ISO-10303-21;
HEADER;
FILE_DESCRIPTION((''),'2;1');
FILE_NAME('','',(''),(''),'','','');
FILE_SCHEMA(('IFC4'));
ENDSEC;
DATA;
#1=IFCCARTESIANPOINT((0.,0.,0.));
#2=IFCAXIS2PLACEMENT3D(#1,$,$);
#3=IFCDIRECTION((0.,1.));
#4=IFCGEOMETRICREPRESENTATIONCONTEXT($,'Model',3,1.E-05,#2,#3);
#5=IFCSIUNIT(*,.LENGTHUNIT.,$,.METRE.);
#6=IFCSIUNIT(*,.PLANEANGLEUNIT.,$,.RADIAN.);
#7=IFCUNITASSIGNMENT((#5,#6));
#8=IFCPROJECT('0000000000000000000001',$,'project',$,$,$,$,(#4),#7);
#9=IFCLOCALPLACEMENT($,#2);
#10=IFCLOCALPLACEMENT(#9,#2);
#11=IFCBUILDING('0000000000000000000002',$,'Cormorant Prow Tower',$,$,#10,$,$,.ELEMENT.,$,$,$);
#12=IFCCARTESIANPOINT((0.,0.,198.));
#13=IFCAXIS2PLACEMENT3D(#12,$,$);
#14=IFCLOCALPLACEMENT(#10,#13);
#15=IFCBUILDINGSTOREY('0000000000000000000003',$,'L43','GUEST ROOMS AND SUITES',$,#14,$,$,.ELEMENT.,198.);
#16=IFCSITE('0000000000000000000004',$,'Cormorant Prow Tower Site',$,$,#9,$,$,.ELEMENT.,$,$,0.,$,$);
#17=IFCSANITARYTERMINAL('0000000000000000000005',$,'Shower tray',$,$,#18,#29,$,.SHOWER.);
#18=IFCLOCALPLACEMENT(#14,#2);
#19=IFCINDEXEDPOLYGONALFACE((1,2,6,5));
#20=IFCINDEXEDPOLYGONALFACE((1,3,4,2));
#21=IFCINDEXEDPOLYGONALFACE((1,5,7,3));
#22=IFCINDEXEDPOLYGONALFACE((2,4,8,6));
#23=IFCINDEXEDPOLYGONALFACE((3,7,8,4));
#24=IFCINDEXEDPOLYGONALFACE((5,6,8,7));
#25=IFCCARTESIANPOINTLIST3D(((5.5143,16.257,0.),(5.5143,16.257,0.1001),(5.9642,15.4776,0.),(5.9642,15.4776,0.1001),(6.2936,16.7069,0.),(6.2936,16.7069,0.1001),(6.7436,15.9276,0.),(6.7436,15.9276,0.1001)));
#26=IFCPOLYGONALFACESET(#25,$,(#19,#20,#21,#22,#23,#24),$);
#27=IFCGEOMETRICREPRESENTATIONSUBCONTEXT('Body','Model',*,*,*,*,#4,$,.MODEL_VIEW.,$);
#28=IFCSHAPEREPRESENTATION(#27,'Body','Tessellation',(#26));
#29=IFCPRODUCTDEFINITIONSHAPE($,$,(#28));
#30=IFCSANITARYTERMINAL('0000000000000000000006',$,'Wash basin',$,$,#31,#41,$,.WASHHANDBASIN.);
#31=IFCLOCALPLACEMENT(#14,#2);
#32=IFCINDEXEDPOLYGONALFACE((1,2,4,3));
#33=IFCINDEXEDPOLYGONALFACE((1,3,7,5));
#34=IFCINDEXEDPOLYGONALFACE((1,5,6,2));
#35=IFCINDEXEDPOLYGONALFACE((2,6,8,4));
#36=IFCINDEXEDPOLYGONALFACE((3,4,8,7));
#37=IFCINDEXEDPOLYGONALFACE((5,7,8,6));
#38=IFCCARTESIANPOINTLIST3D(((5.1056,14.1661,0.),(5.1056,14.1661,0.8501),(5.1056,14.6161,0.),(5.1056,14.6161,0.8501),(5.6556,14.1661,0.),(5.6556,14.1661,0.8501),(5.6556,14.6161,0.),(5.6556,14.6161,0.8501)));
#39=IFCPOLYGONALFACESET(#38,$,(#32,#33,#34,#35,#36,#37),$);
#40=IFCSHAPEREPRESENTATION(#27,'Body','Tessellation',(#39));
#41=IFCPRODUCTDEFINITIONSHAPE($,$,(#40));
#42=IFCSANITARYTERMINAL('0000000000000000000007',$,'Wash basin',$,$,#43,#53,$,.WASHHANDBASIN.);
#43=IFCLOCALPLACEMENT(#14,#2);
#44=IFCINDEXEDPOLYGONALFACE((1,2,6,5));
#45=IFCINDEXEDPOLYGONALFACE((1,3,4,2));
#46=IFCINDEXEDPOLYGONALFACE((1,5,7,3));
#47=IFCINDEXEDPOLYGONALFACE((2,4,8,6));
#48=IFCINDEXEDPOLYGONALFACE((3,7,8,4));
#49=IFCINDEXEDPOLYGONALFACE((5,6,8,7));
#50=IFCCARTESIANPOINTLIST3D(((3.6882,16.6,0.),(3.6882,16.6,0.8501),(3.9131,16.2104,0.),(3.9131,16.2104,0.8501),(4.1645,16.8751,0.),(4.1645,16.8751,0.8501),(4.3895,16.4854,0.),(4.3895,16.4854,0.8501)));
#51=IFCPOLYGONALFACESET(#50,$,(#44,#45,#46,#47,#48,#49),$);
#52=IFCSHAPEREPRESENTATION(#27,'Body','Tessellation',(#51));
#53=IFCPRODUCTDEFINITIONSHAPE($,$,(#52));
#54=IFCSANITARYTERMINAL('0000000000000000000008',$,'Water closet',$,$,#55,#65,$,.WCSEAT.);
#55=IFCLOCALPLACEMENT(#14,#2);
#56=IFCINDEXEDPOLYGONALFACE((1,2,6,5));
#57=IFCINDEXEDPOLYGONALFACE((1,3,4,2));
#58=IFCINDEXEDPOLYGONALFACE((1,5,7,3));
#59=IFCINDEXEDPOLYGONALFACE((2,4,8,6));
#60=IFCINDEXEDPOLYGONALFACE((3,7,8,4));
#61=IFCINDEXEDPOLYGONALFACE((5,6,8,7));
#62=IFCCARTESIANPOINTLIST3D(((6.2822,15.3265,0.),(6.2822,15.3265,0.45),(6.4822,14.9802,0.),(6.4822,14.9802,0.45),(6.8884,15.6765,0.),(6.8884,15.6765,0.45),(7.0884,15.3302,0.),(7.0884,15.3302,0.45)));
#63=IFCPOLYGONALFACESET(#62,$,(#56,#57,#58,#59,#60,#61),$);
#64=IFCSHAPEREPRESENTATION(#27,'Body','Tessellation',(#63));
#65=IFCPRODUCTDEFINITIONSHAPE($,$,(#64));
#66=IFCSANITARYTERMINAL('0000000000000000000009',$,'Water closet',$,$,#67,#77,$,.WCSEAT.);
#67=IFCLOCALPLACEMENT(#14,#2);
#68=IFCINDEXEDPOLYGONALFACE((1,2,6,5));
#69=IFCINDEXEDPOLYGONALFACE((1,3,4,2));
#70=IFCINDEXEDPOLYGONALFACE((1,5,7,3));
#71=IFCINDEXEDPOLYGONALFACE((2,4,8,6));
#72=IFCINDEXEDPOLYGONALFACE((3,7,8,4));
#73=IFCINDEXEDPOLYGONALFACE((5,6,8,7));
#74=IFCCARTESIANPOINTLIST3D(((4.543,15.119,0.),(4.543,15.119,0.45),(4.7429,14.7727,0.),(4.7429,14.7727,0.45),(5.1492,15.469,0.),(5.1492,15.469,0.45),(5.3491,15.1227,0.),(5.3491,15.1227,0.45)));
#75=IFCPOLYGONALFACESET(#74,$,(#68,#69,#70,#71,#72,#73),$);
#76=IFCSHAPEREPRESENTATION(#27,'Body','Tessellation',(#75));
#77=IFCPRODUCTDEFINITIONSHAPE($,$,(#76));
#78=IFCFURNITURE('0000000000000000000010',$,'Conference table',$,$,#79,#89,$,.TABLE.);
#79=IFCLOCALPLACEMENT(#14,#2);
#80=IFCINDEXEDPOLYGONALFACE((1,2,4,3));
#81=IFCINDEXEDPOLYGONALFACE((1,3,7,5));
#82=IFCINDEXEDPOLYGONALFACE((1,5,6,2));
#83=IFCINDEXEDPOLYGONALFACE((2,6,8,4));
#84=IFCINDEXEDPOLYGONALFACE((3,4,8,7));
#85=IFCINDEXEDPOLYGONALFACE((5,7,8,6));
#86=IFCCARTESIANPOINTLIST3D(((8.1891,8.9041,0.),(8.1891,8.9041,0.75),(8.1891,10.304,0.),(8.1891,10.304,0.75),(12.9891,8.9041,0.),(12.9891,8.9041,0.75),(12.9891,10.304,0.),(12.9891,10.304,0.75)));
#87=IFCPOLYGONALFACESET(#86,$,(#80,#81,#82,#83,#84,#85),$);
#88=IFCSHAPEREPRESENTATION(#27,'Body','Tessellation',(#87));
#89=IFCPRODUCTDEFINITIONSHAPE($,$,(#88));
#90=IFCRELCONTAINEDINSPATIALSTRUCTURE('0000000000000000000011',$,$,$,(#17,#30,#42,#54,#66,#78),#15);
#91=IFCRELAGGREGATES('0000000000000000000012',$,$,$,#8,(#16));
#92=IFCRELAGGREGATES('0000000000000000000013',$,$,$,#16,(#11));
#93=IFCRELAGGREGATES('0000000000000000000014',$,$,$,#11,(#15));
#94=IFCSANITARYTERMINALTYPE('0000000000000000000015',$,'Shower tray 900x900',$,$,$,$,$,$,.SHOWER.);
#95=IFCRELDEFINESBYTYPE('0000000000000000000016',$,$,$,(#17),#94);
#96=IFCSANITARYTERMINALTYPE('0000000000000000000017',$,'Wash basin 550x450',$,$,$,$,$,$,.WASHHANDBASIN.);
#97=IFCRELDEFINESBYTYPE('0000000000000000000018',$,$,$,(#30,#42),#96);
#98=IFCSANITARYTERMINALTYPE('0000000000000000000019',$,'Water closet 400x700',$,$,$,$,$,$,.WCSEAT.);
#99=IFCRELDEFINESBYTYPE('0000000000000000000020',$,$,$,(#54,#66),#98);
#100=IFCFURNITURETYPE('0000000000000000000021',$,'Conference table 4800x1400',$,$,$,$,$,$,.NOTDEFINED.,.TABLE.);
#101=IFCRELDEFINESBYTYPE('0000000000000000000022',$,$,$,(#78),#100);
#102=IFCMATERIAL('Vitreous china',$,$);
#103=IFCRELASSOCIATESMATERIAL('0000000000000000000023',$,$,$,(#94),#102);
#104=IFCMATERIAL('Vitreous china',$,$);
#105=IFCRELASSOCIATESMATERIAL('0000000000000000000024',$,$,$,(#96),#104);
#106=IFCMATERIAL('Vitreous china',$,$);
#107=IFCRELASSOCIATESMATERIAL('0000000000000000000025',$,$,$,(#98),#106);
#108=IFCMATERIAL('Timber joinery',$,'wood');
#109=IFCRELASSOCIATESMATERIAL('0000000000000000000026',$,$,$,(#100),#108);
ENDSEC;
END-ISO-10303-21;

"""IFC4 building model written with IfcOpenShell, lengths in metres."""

from ifc_helpers import new_model, si_unit, direction, frame, origin, origin_2d, place, context, subcontext, project, spatial, rectangle, extrude, material, type_object, element, save


model = new_model("IFC4")

# Units and contexts
model_context = context("Model", 3, precision=1e-05, world=origin(), true_north=direction((0.0, 1.0)))
body_context = subcontext(model_context, "Body", "Model", "MODEL_VIEW")
ifc_project = project(units=[si_unit("LENGTHUNIT", "METRE"), si_unit("PLANEANGLEUNIT", "RADIAN")], contexts=[model_context])

# Site, building, storey
site_placement = place(None, origin())
site = spatial("IfcSite", under=ifc_project, at=site_placement, Name="Cormorant Prow Tower Site", CompositionType="ELEMENT", RefElevation=0.0)
building_placement = place(site_placement, origin())
building = spatial("IfcBuilding", under=site, at=building_placement, Name="Cormorant Prow Tower", CompositionType="ELEMENT")
storey_placement = place(building_placement, frame((0.0, 0.0, 198.0)))
storey = spatial("IfcBuildingStorey", under=building, at=storey_placement, Name="L43", Description="GUEST ROOMS AND SUITES", CompositionType="ELEMENT", Elevation=198.0)

# Sanitary terminals
ifc_material_1 = material(Name="Vitreous china")
sanitary_terminal_type_1 = type_object("IfcSanitaryTerminalType", Name="Shower tray 900x900", PredefinedType="SHOWER", material=ifc_material_1)
for number, where, z_axis, x_axis, name in (
    (1, (6.1289, 16.0923, 0.0), (0.0, 0.0, 1.0), (-0.866025, -0.5, 0.0), "Shower tray"),
):
    element("IfcSanitaryTerminal", number, at=place(storey_placement, frame(where, z_axis=z_axis, x_axis=x_axis)), inside=storey, type_object=sanitary_terminal_type_1, Name=name, PredefinedType="SHOWER", context=body_context, shape_type="SweptSolid", body=[
        extrude(rectangle(XDim=0.8999, YDim=0.8999, at=origin_2d()), origin(), (0.0, 0.0, 1.0), 0.1001),
    ])
ifc_material_2 = material(Name="Vitreous china")
sanitary_terminal_type_2 = type_object("IfcSanitaryTerminalType", Name="Wash basin 550x450", PredefinedType="WASHHANDBASIN", material=ifc_material_2)
for number, where, z_axis, x_axis, name in (
    (2, (5.3806, 14.3911, 0.0), (0.0, 0.0, 1.0), (1.0, 0.0, 0.0), "Wash basin"),
    (3, (4.0388, 16.5427, 0.0), (0.0, 0.0, 1.0), (0.866025, 0.5, 0.0), "Wash basin"),
):
    element("IfcSanitaryTerminal", number, at=place(storey_placement, frame(where, z_axis=z_axis, x_axis=x_axis)), inside=storey, type_object=sanitary_terminal_type_2, Name=name, PredefinedType="WASHHANDBASIN", context=body_context, shape_type="SweptSolid", body=[
        extrude(rectangle(XDim=0.55, YDim=0.45, at=origin_2d()), origin(), (0.0, 0.0, 1.0), 0.8501),
    ])
ifc_material_3 = material(Name="Vitreous china")
sanitary_terminal_type_3 = type_object("IfcSanitaryTerminalType", Name="Water closet 400x700", PredefinedType="WCSEAT", material=ifc_material_3)
for number, where, z_axis, x_axis, name in (
    (4, (6.6853, 15.3284, 0.0), (0.0, 0.0, 1.0), (0.5, -0.866025, 0.0), "Water closet"),
    (5, (4.946, 15.1208, 0.0), (0.0, 0.0, 1.0), (-0.5, 0.866025, 0.0), "Water closet"),
):
    element("IfcSanitaryTerminal", number, at=place(storey_placement, frame(where, z_axis=z_axis, x_axis=x_axis)), inside=storey, type_object=sanitary_terminal_type_3, Name=name, PredefinedType="WCSEAT", context=body_context, shape_type="SweptSolid", body=[
        extrude(rectangle(XDim=0.3999, YDim=0.7, at=origin_2d()), origin(), (0.0, 0.0, 1.0), 0.45),
    ])

# Furniture
ifc_material_4 = material(Name="Timber joinery", Category="wood")
furniture_type = type_object("IfcFurnitureType", Name="Conference table 4800x1400", AssemblyPlace="NOTDEFINED", PredefinedType="TABLE", material=ifc_material_4)
furniture_placement = place(storey_placement, frame((10.5891, 9.604, 0.0), z_axis=(0.0, 0.0, 1.0), x_axis=(1.0, 0.0, 0.0)))
element("IfcFurniture", 6, at=furniture_placement, inside=storey, type_object=furniture_type, Name="Conference table", PredefinedType="TABLE", context=body_context, shape_type="SweptSolid", body=[
    extrude(rectangle(XDim=4.8, YDim=1.3999, at=origin_2d()), origin(), (0.0, 0.0, 1.0), 0.75),
])

save(model, "model.ifc")
